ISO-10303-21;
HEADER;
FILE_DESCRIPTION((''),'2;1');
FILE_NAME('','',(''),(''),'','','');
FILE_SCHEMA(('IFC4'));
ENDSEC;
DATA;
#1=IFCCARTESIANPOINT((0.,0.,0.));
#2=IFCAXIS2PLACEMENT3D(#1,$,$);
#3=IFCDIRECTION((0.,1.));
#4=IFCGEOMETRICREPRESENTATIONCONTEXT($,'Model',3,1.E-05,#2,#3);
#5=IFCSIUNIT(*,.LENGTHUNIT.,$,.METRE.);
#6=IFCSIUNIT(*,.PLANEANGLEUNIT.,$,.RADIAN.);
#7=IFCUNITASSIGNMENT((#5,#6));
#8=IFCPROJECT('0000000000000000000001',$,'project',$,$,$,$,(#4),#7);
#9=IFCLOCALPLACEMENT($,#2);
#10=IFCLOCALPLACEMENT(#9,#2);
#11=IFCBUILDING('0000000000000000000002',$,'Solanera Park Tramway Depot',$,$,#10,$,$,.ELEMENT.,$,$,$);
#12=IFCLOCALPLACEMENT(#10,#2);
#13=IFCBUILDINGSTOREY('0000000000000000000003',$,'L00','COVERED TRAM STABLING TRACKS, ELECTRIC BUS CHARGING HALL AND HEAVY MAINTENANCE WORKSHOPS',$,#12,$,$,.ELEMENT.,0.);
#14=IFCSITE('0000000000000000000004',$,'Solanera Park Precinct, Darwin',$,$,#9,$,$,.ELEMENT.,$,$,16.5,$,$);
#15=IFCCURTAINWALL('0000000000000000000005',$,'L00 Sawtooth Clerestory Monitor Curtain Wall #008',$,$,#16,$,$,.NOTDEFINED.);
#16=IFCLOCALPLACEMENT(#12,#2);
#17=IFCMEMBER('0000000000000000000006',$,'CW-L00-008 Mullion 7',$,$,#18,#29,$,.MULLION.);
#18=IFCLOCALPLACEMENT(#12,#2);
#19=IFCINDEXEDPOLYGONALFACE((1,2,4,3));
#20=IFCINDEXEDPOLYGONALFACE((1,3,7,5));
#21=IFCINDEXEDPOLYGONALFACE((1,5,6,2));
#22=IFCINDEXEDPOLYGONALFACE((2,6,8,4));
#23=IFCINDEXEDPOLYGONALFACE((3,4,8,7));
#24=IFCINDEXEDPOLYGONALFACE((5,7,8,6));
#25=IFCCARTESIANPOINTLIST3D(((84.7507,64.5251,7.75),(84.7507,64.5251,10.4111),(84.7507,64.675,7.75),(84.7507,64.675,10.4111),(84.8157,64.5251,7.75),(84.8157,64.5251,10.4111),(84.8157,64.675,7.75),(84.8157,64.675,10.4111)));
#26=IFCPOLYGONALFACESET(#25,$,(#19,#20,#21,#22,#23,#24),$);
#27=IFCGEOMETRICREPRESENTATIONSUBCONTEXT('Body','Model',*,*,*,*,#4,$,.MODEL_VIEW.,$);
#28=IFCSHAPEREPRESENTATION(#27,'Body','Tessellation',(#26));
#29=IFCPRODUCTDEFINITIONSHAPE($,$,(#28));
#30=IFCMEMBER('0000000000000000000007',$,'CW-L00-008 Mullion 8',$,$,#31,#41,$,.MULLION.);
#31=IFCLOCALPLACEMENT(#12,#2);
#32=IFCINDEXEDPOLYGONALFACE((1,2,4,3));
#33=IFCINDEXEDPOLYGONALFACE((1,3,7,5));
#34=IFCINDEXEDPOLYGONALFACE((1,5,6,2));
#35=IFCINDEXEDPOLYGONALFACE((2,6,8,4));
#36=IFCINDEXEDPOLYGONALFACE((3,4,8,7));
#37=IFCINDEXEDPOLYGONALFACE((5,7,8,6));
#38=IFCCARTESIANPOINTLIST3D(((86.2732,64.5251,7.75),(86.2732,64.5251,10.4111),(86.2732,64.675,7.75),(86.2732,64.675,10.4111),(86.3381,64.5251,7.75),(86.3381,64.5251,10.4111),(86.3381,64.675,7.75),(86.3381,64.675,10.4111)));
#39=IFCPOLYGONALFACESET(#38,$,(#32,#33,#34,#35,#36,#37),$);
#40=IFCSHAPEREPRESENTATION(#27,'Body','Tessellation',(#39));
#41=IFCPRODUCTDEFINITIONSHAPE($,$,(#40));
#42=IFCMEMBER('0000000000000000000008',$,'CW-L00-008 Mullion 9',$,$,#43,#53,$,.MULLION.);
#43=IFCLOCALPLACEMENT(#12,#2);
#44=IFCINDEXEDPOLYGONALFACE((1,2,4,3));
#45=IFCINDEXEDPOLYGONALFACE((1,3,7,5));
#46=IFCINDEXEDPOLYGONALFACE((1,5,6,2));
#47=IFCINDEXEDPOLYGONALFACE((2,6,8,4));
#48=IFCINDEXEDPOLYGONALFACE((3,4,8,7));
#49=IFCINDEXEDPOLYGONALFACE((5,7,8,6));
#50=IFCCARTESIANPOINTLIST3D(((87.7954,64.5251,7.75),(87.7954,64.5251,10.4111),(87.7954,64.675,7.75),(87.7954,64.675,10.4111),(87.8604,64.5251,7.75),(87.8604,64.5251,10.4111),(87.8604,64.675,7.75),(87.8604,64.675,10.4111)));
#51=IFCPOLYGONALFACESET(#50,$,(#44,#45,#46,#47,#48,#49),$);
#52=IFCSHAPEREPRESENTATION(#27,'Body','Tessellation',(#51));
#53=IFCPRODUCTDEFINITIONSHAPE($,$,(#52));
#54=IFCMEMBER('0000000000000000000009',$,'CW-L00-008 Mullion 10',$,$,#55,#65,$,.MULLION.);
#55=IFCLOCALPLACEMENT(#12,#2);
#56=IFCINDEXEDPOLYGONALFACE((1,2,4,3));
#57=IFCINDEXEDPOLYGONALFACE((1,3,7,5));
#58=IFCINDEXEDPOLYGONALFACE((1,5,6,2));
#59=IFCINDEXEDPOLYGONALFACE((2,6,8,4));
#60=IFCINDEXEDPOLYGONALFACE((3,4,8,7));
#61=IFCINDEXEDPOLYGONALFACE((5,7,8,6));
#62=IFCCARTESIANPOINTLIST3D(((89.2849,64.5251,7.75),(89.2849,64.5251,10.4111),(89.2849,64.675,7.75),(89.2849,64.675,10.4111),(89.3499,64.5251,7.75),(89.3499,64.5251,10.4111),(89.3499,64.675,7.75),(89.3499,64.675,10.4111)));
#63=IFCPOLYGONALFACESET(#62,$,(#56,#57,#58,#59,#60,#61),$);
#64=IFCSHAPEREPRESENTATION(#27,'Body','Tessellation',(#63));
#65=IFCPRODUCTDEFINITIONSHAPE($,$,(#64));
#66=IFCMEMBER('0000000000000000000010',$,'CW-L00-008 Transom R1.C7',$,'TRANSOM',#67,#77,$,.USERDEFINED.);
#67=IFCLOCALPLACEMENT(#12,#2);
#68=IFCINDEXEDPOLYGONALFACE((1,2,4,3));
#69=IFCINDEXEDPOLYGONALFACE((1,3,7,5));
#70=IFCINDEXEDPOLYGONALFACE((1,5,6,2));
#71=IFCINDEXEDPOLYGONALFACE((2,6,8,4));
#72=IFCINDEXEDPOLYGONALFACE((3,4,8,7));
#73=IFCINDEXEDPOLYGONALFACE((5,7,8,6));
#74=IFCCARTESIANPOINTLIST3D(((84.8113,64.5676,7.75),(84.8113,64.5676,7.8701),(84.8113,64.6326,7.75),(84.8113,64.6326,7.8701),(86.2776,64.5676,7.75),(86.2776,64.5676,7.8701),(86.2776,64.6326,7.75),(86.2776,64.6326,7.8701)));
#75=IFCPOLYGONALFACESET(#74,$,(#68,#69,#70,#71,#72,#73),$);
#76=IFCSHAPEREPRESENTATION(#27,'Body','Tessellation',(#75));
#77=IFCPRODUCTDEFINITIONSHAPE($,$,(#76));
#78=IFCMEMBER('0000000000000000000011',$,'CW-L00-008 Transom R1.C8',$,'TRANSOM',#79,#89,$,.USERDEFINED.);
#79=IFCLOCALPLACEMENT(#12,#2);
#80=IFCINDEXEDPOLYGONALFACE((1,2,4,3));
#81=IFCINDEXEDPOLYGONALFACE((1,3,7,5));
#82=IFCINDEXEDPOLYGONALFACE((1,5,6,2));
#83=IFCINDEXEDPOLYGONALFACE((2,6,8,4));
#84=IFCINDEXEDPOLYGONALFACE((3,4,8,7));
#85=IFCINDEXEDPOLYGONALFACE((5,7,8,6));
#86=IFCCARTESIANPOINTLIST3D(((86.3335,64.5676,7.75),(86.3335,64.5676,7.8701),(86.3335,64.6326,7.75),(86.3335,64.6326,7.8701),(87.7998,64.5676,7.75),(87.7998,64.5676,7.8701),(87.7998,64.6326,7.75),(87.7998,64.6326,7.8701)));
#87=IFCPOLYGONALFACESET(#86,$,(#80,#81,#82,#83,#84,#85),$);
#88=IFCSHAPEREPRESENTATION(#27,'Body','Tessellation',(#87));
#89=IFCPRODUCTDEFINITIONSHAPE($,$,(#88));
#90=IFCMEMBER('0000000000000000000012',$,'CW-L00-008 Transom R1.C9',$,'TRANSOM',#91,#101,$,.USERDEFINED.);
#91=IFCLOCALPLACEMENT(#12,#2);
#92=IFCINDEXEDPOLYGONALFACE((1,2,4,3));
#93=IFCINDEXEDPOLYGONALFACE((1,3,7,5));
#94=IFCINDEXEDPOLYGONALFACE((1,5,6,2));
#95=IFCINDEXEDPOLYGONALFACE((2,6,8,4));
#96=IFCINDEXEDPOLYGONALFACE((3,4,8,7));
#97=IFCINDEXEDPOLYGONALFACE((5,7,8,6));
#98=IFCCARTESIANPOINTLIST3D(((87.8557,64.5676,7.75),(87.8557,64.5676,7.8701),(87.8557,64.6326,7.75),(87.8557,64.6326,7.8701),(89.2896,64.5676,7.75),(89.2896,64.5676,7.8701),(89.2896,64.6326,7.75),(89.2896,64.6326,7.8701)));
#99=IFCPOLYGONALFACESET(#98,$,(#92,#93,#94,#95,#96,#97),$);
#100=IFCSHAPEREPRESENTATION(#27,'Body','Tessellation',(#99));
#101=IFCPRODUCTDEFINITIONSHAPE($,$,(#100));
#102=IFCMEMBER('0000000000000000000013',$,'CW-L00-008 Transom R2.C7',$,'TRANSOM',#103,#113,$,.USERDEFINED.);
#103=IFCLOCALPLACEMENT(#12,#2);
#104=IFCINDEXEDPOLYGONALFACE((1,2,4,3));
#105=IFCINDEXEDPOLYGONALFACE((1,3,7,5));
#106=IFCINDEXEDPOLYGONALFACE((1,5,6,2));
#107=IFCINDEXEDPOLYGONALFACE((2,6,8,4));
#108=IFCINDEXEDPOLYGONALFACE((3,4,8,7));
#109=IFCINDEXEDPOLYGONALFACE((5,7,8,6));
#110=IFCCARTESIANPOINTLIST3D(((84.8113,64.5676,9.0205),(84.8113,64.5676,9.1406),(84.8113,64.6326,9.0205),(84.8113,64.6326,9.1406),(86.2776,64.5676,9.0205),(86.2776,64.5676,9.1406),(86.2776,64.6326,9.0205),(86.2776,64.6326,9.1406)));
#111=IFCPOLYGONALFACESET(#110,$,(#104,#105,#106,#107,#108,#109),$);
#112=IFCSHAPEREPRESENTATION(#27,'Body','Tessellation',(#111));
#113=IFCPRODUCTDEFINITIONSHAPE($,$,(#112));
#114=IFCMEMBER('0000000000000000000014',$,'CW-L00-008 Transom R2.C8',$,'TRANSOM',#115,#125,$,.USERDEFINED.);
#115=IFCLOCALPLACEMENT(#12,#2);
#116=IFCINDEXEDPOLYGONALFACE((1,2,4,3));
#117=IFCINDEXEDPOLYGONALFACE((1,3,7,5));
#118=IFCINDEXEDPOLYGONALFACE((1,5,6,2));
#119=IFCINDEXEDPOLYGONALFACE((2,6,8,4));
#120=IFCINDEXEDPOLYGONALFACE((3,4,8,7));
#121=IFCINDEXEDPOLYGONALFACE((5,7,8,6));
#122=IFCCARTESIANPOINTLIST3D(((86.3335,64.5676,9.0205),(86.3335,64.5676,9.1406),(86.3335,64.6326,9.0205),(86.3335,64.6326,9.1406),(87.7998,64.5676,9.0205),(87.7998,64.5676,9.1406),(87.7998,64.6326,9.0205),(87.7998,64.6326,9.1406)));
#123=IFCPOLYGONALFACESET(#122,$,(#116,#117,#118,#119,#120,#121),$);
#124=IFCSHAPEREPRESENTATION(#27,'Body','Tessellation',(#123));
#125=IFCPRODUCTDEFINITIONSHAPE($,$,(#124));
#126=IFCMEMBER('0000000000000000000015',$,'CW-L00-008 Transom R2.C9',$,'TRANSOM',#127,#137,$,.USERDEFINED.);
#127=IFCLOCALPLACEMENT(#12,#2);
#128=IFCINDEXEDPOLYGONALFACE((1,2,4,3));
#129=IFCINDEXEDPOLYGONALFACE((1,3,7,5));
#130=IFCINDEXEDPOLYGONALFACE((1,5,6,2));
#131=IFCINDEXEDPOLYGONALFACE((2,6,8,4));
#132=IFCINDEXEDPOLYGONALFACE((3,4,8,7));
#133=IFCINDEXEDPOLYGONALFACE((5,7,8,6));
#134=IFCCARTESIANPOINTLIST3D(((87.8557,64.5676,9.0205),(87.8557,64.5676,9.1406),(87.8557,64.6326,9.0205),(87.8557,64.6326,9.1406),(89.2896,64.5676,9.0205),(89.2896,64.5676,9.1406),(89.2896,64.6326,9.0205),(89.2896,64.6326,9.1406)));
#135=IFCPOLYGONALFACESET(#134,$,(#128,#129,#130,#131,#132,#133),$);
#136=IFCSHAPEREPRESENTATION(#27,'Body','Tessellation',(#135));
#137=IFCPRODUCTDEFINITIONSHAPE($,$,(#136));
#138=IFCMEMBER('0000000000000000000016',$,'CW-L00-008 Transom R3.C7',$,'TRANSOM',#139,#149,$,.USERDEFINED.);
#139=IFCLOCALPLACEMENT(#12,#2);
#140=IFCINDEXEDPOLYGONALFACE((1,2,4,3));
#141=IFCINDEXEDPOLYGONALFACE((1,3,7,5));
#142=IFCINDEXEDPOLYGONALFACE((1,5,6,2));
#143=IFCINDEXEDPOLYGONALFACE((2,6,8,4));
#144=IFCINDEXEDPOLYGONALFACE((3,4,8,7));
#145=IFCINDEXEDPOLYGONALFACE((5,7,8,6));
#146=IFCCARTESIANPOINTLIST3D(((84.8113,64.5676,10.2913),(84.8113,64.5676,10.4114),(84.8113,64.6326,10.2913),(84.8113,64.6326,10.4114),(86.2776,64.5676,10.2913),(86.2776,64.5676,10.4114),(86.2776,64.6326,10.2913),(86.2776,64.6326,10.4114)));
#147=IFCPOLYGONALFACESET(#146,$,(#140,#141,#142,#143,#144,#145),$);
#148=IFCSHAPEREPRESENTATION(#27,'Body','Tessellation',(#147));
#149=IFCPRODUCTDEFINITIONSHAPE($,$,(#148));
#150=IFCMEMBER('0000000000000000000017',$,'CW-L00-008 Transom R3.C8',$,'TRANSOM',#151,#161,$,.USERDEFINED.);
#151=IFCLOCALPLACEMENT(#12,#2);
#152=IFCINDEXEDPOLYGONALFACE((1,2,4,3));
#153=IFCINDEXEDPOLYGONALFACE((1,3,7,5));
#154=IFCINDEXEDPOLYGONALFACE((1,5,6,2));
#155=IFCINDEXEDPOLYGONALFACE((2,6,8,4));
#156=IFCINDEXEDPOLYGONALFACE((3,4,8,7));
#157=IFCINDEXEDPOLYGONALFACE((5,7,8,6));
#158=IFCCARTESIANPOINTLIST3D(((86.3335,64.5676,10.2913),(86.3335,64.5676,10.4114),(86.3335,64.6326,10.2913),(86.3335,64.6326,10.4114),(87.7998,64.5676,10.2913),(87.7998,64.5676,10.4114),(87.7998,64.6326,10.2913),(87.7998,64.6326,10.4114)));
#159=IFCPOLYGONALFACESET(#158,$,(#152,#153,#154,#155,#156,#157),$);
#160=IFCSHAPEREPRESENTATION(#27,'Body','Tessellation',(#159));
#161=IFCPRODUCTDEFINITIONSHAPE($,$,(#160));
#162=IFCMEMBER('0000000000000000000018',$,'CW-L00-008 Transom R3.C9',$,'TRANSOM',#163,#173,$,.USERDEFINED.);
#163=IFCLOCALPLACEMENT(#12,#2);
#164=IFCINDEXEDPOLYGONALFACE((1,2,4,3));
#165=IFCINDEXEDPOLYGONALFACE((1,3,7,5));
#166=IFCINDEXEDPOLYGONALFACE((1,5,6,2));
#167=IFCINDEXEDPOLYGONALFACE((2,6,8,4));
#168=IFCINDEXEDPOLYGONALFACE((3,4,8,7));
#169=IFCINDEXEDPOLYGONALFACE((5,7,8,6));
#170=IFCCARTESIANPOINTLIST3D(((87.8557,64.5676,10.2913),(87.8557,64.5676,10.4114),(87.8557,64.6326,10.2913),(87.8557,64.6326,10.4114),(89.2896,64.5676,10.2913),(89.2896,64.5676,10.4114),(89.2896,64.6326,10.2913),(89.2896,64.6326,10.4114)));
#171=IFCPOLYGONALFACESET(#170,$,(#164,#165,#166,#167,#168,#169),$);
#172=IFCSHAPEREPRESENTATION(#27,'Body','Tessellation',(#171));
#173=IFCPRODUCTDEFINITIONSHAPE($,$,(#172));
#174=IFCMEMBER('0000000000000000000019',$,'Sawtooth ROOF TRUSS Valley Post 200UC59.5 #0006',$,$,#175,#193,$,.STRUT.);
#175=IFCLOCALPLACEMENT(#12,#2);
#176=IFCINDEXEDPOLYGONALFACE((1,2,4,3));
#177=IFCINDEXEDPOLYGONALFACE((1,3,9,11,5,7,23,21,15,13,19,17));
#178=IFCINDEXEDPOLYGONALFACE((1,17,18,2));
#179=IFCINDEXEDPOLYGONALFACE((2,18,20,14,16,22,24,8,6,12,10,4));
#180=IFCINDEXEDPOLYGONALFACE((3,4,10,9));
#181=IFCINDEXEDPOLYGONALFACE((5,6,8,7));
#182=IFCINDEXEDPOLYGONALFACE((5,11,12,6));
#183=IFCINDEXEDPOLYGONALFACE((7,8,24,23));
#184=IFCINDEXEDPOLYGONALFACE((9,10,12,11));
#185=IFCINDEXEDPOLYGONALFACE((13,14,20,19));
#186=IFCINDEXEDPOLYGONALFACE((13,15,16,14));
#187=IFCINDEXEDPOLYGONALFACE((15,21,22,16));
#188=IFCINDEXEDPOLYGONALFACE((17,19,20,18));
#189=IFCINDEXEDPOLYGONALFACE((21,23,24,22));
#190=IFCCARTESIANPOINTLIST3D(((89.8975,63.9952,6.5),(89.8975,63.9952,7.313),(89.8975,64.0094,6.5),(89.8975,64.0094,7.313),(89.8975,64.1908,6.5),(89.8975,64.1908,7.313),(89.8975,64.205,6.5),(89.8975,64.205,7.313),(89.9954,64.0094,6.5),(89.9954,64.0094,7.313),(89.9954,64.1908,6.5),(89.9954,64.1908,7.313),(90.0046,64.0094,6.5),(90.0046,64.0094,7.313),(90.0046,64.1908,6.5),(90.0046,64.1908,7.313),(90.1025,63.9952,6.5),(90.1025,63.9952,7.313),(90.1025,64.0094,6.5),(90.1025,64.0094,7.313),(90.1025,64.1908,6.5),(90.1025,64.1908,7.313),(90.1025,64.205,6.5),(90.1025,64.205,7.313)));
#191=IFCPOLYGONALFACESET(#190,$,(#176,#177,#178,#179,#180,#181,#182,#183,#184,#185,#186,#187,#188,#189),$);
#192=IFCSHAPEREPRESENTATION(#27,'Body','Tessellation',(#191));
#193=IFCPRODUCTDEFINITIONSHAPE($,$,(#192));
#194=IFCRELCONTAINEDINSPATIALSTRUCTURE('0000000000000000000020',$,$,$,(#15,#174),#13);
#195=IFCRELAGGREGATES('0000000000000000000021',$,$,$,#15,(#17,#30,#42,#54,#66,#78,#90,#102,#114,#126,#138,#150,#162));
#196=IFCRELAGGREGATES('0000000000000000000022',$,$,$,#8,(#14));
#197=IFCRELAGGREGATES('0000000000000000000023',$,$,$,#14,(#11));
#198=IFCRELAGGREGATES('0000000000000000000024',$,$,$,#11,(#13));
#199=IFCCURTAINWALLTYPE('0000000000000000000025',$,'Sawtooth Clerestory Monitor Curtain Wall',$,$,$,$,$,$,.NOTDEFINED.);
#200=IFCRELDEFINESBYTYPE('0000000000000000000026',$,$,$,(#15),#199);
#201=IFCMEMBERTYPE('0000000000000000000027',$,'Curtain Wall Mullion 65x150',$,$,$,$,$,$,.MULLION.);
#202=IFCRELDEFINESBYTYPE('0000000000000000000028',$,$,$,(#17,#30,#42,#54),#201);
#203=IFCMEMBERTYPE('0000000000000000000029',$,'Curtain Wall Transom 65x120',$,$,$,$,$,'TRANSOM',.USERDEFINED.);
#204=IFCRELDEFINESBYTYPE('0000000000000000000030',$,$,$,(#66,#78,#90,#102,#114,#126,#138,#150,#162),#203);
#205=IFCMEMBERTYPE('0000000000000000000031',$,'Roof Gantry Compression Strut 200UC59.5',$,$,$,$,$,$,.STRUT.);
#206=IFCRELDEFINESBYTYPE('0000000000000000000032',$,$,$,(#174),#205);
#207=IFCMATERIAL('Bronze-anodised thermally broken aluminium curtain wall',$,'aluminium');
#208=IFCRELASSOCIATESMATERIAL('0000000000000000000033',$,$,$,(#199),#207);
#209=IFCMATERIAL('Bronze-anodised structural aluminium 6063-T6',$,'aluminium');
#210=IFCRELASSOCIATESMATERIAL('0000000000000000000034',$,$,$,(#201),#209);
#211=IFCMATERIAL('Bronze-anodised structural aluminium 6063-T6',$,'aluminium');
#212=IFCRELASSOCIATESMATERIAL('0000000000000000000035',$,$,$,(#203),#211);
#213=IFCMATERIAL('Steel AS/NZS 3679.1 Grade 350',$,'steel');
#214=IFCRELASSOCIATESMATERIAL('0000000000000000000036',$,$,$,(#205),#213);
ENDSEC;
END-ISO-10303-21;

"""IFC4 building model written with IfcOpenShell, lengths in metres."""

from ifc_helpers import new_model, si_unit, direction, frame, origin, origin_2d, place, context, subcontext, project, spatial, rectangle, i_section, extrude, material, material_profile, profile_set, type_object, element, aggregate, save


model = new_model("IFC4")

# Units and contexts
model_context = context("Model", 3, precision=1e-05, world=origin(), true_north=direction((0.0, 1.0)))
body_context = subcontext(model_context, "Body", "Model", "MODEL_VIEW")
ifc_project = project(units=[si_unit("LENGTHUNIT", "METRE"), si_unit("PLANEANGLEUNIT", "RADIAN")], contexts=[model_context])

# Site, building, storey
site_placement = place(None, origin())
site = spatial("IfcSite", under=ifc_project, at=site_placement, Name="Solanera Park Precinct, Darwin", CompositionType="ELEMENT", RefElevation=16.5)
building_placement = place(site_placement, origin())
building = spatial("IfcBuilding", under=site, at=building_placement, Name="Solanera Park Tramway Depot", CompositionType="ELEMENT")
storey_placement = place(building_placement, origin())
storey = spatial("IfcBuildingStorey", under=building, at=storey_placement, Name="L00", Description="COVERED TRAM STABLING TRACKS, ELECTRIC BUS CHARGING HALL AND HEAVY MAINTENANCE WORKSHOPS", CompositionType="ELEMENT", Elevation=0.0)

# Curtain wall, members
ifc_material_1 = material(Name="Bronze-anodised thermally broken aluminium curtain wall", Category="aluminium")
curtain_wall_type = type_object("IfcCurtainWallType", Name="Sawtooth Clerestory Monitor Curtain Wall", PredefinedType="NOTDEFINED", material=ifc_material_1)
curtain_wall_placement = place(storey_placement, origin())
curtain_wall = element("IfcCurtainWall", 1, at=curtain_wall_placement, inside=storey, type_object=curtain_wall_type, Name="L00 Sawtooth Clerestory Monitor Curtain Wall #008", PredefinedType="NOTDEFINED")
ifc_material_2 = material(Name="Bronze-anodised structural aluminium 6063-T6", Category="aluminium")
ifc_material_profile_1 = material_profile(ifc_material_2, rectangle(XDim=0.0649, YDim=0.1499, at=origin_2d()), Name="Curtain Wall Mullion 65x150")
ifc_profile_set_1 = profile_set([ifc_material_profile_1], Name="Bronze-anodised structural aluminium 6063-T6")
member_type_1 = type_object("IfcMemberType", Name="Curtain Wall Mullion 65x150", PredefinedType="MULLION", material=ifc_profile_set_1)
member_1_placement = place(storey_placement, frame((84.7832, 64.6001, 7.75), z_axis=(0.0, 0.0, 1.0), x_axis=(1.0, 0.0, 0.0)))
member_1 = element("IfcMember", 2, at=member_1_placement, type_object=member_type_1, Name="CW-L00-008 Mullion 7", PredefinedType="MULLION", context=body_context, shape_type="SweptSolid", body=[
    extrude(rectangle(XDim=0.0649, YDim=0.1499, at=origin_2d()), origin(), (0.0, 0.0, 1.0), 2.6611),
])
member_2_placement = place(storey_placement, frame((86.3057, 64.6001, 7.75), z_axis=(0.0, 0.0, 1.0), x_axis=(1.0, 0.0, 0.0)))
member_2 = element("IfcMember", 3, at=member_2_placement, type_object=member_type_1, Name="CW-L00-008 Mullion 8", PredefinedType="MULLION", context=body_context, shape_type="SweptSolid", body=[
    extrude(rectangle(XDim=0.0649, YDim=0.1499, at=origin_2d()), origin(), (0.0, 0.0, 1.0), 2.6611),
])
member_3_placement = place(storey_placement, frame((87.8279, 64.6001, 7.75), z_axis=(0.0, 0.0, 1.0), x_axis=(1.0, 0.0, 0.0)))
member_3 = element("IfcMember", 4, at=member_3_placement, type_object=member_type_1, Name="CW-L00-008 Mullion 9", PredefinedType="MULLION", context=body_context, shape_type="SweptSolid", body=[
    extrude(rectangle(XDim=0.0649, YDim=0.1499, at=origin_2d()), origin(), (0.0, 0.0, 1.0), 2.6611),
])
member_4_placement = place(storey_placement, frame((89.3174, 64.6001, 7.75), z_axis=(0.0, 0.0, 1.0), x_axis=(1.0, 0.0, 0.0)))
member_4 = element("IfcMember", 5, at=member_4_placement, type_object=member_type_1, Name="CW-L00-008 Mullion 10", PredefinedType="MULLION", context=body_context, shape_type="SweptSolid", body=[
    extrude(rectangle(XDim=0.0649, YDim=0.1499, at=origin_2d()), origin(), (0.0, 0.0, 1.0), 2.6611),
])
ifc_material_3 = material(Name="Bronze-anodised structural aluminium 6063-T6", Category="aluminium")
ifc_material_profile_2 = material_profile(ifc_material_3, rectangle(XDim=0.0649, YDim=0.1201, at=origin_2d()), Name="Curtain Wall Transom 65x120")
ifc_profile_set_2 = profile_set([ifc_material_profile_2], Name="Bronze-anodised structural aluminium 6063-T6")
member_type_2 = type_object("IfcMemberType", Name="Curtain Wall Transom 65x120", ElementType="TRANSOM", PredefinedType="USERDEFINED", material=ifc_profile_set_2)
member_5_placement = place(storey_placement, frame((84.8113, 64.6001, 7.8101), z_axis=(1.0, 0.0, 0.0), x_axis=(0.0, 1.0, 0.0)))
member_5 = element("IfcMember", 6, at=member_5_placement, type_object=member_type_2, Name="CW-L00-008 Transom R1.C7", ObjectType="TRANSOM", PredefinedType="USERDEFINED", context=body_context, shape_type="SweptSolid", body=[
    extrude(rectangle(XDim=0.0649, YDim=0.1201, at=origin_2d()), origin(), (0.0, 0.0, 1.0), 1.4663),
])
member_6_placement = place(storey_placement, frame((86.3335, 64.6001, 7.8101), z_axis=(1.0, 0.0, 0.0), x_axis=(0.0, 1.0, 0.0)))
member_6 = element("IfcMember", 7, at=member_6_placement, type_object=member_type_2, Name="CW-L00-008 Transom R1.C8", ObjectType="TRANSOM", PredefinedType="USERDEFINED", context=body_context, shape_type="SweptSolid", body=[
    extrude(rectangle(XDim=0.0649, YDim=0.1201, at=origin_2d()), origin(), (0.0, 0.0, 1.0), 1.4663),
])
member_7_placement = place(storey_placement, frame((87.8557, 64.6001, 7.8101), z_axis=(1.0, 0.0, 0.0), x_axis=(0.0, 1.0, 0.0)))
member_7 = element("IfcMember", 8, at=member_7_placement, type_object=member_type_2, Name="CW-L00-008 Transom R1.C9", ObjectType="TRANSOM", PredefinedType="USERDEFINED", context=body_context, shape_type="SweptSolid", body=[
    extrude(rectangle(XDim=0.0649, YDim=0.1201, at=origin_2d()), origin(), (0.0, 0.0, 1.0), 1.4338),
])
member_8_placement = place(storey_placement, frame((84.8113, 64.6001, 9.0806), z_axis=(1.0, 0.0, 0.0), x_axis=(0.0, 1.0, 0.0)))
member_8 = element("IfcMember", 9, at=member_8_placement, type_object=member_type_2, Name="CW-L00-008 Transom R2.C7", ObjectType="TRANSOM", PredefinedType="USERDEFINED", context=body_context, shape_type="SweptSolid", body=[
    extrude(rectangle(XDim=0.0649, YDim=0.1201, at=origin_2d()), origin(), (0.0, 0.0, 1.0), 1.4663),
])
member_9_placement = place(storey_placement, frame((86.3335, 64.6001, 9.0806), z_axis=(1.0, 0.0, 0.0), x_axis=(0.0, 1.0, 0.0)))
member_9 = element("IfcMember", 10, at=member_9_placement, type_object=member_type_2, Name="CW-L00-008 Transom R2.C8", ObjectType="TRANSOM", PredefinedType="USERDEFINED", context=body_context, shape_type="SweptSolid", body=[
    extrude(rectangle(XDim=0.0649, YDim=0.1201, at=origin_2d()), origin(), (0.0, 0.0, 1.0), 1.4663),
])
member_10_placement = place(storey_placement, frame((87.8557, 64.6001, 9.0806), z_axis=(1.0, 0.0, 0.0), x_axis=(0.0, 1.0, 0.0)))
member_10 = element("IfcMember", 11, at=member_10_placement, type_object=member_type_2, Name="CW-L00-008 Transom R2.C9", ObjectType="TRANSOM", PredefinedType="USERDEFINED", context=body_context, shape_type="SweptSolid", body=[
    extrude(rectangle(XDim=0.0649, YDim=0.1201, at=origin_2d()), origin(), (0.0, 0.0, 1.0), 1.4338),
])
member_11_placement = place(storey_placement, frame((84.8113, 64.6001, 10.3513), z_axis=(1.0, 0.0, 0.0), x_axis=(0.0, 1.0, 0.0)))
member_11 = element("IfcMember", 12, at=member_11_placement, type_object=member_type_2, Name="CW-L00-008 Transom R3.C7", ObjectType="TRANSOM", PredefinedType="USERDEFINED", context=body_context, shape_type="SweptSolid", body=[
    extrude(rectangle(XDim=0.0649, YDim=0.1201, at=origin_2d()), origin(), (0.0, 0.0, 1.0), 1.4663),
])
member_12_placement = place(storey_placement, frame((86.3335, 64.6001, 10.3513), z_axis=(1.0, 0.0, 0.0), x_axis=(0.0, 1.0, 0.0)))
member_12 = element("IfcMember", 13, at=member_12_placement, type_object=member_type_2, Name="CW-L00-008 Transom R3.C8", ObjectType="TRANSOM", PredefinedType="USERDEFINED", context=body_context, shape_type="SweptSolid", body=[
    extrude(rectangle(XDim=0.0649, YDim=0.1201, at=origin_2d()), origin(), (0.0, 0.0, 1.0), 1.4663),
])
member_13_placement = place(storey_placement, frame((87.8557, 64.6001, 10.3513), z_axis=(1.0, 0.0, 0.0), x_axis=(0.0, 1.0, 0.0)))
member_13 = element("IfcMember", 14, at=member_13_placement, type_object=member_type_2, Name="CW-L00-008 Transom R3.C9", ObjectType="TRANSOM", PredefinedType="USERDEFINED", context=body_context, shape_type="SweptSolid", body=[
    extrude(rectangle(XDim=0.0649, YDim=0.1201, at=origin_2d()), origin(), (0.0, 0.0, 1.0), 1.4338),
])

# Member
ifc_material_4 = material(Name="Steel AS/NZS 3679.1 Grade 350", Category="steel")
ifc_material_profile_3 = material_profile(ifc_material_4, i_section(OverallWidth=0.2051, OverallDepth=0.2097, WebThickness=0.0093, FlangeThickness=0.0142, at=origin_2d()), Name="200UC59.5")
ifc_profile_set_3 = profile_set([ifc_material_profile_3], Name="Steel AS/NZS 3679.1 Grade 350")
member_type_3 = type_object("IfcMemberType", Name="Roof Gantry Compression Strut 200UC59.5", PredefinedType="STRUT", material=ifc_profile_set_3)
member_14_placement = place(storey_placement, frame((90.0, 64.1001, 6.5), z_axis=(0.0, 0.0, 1.0), x_axis=(1.0, 0.0, 0.0)))
element("IfcMember", 15, at=member_14_placement, inside=storey, type_object=member_type_3, Name="Sawtooth ROOF TRUSS Valley Post 200UC59.5 #0006", PredefinedType="STRUT", context=body_context, shape_type="SweptSolid", body=[
    extrude(i_section(OverallWidth=0.2051, OverallDepth=0.2097, WebThickness=0.0093, FlangeThickness=0.0142, at=origin_2d()), origin(), (0.0, 0.0, 1.0), 0.813),
])

aggregate(curtain_wall, [member_1, member_2, member_3, member_4, member_5, member_6, member_7, member_8, member_9, member_10, member_11, member_12, member_13])

save(model, "model.ifc")
